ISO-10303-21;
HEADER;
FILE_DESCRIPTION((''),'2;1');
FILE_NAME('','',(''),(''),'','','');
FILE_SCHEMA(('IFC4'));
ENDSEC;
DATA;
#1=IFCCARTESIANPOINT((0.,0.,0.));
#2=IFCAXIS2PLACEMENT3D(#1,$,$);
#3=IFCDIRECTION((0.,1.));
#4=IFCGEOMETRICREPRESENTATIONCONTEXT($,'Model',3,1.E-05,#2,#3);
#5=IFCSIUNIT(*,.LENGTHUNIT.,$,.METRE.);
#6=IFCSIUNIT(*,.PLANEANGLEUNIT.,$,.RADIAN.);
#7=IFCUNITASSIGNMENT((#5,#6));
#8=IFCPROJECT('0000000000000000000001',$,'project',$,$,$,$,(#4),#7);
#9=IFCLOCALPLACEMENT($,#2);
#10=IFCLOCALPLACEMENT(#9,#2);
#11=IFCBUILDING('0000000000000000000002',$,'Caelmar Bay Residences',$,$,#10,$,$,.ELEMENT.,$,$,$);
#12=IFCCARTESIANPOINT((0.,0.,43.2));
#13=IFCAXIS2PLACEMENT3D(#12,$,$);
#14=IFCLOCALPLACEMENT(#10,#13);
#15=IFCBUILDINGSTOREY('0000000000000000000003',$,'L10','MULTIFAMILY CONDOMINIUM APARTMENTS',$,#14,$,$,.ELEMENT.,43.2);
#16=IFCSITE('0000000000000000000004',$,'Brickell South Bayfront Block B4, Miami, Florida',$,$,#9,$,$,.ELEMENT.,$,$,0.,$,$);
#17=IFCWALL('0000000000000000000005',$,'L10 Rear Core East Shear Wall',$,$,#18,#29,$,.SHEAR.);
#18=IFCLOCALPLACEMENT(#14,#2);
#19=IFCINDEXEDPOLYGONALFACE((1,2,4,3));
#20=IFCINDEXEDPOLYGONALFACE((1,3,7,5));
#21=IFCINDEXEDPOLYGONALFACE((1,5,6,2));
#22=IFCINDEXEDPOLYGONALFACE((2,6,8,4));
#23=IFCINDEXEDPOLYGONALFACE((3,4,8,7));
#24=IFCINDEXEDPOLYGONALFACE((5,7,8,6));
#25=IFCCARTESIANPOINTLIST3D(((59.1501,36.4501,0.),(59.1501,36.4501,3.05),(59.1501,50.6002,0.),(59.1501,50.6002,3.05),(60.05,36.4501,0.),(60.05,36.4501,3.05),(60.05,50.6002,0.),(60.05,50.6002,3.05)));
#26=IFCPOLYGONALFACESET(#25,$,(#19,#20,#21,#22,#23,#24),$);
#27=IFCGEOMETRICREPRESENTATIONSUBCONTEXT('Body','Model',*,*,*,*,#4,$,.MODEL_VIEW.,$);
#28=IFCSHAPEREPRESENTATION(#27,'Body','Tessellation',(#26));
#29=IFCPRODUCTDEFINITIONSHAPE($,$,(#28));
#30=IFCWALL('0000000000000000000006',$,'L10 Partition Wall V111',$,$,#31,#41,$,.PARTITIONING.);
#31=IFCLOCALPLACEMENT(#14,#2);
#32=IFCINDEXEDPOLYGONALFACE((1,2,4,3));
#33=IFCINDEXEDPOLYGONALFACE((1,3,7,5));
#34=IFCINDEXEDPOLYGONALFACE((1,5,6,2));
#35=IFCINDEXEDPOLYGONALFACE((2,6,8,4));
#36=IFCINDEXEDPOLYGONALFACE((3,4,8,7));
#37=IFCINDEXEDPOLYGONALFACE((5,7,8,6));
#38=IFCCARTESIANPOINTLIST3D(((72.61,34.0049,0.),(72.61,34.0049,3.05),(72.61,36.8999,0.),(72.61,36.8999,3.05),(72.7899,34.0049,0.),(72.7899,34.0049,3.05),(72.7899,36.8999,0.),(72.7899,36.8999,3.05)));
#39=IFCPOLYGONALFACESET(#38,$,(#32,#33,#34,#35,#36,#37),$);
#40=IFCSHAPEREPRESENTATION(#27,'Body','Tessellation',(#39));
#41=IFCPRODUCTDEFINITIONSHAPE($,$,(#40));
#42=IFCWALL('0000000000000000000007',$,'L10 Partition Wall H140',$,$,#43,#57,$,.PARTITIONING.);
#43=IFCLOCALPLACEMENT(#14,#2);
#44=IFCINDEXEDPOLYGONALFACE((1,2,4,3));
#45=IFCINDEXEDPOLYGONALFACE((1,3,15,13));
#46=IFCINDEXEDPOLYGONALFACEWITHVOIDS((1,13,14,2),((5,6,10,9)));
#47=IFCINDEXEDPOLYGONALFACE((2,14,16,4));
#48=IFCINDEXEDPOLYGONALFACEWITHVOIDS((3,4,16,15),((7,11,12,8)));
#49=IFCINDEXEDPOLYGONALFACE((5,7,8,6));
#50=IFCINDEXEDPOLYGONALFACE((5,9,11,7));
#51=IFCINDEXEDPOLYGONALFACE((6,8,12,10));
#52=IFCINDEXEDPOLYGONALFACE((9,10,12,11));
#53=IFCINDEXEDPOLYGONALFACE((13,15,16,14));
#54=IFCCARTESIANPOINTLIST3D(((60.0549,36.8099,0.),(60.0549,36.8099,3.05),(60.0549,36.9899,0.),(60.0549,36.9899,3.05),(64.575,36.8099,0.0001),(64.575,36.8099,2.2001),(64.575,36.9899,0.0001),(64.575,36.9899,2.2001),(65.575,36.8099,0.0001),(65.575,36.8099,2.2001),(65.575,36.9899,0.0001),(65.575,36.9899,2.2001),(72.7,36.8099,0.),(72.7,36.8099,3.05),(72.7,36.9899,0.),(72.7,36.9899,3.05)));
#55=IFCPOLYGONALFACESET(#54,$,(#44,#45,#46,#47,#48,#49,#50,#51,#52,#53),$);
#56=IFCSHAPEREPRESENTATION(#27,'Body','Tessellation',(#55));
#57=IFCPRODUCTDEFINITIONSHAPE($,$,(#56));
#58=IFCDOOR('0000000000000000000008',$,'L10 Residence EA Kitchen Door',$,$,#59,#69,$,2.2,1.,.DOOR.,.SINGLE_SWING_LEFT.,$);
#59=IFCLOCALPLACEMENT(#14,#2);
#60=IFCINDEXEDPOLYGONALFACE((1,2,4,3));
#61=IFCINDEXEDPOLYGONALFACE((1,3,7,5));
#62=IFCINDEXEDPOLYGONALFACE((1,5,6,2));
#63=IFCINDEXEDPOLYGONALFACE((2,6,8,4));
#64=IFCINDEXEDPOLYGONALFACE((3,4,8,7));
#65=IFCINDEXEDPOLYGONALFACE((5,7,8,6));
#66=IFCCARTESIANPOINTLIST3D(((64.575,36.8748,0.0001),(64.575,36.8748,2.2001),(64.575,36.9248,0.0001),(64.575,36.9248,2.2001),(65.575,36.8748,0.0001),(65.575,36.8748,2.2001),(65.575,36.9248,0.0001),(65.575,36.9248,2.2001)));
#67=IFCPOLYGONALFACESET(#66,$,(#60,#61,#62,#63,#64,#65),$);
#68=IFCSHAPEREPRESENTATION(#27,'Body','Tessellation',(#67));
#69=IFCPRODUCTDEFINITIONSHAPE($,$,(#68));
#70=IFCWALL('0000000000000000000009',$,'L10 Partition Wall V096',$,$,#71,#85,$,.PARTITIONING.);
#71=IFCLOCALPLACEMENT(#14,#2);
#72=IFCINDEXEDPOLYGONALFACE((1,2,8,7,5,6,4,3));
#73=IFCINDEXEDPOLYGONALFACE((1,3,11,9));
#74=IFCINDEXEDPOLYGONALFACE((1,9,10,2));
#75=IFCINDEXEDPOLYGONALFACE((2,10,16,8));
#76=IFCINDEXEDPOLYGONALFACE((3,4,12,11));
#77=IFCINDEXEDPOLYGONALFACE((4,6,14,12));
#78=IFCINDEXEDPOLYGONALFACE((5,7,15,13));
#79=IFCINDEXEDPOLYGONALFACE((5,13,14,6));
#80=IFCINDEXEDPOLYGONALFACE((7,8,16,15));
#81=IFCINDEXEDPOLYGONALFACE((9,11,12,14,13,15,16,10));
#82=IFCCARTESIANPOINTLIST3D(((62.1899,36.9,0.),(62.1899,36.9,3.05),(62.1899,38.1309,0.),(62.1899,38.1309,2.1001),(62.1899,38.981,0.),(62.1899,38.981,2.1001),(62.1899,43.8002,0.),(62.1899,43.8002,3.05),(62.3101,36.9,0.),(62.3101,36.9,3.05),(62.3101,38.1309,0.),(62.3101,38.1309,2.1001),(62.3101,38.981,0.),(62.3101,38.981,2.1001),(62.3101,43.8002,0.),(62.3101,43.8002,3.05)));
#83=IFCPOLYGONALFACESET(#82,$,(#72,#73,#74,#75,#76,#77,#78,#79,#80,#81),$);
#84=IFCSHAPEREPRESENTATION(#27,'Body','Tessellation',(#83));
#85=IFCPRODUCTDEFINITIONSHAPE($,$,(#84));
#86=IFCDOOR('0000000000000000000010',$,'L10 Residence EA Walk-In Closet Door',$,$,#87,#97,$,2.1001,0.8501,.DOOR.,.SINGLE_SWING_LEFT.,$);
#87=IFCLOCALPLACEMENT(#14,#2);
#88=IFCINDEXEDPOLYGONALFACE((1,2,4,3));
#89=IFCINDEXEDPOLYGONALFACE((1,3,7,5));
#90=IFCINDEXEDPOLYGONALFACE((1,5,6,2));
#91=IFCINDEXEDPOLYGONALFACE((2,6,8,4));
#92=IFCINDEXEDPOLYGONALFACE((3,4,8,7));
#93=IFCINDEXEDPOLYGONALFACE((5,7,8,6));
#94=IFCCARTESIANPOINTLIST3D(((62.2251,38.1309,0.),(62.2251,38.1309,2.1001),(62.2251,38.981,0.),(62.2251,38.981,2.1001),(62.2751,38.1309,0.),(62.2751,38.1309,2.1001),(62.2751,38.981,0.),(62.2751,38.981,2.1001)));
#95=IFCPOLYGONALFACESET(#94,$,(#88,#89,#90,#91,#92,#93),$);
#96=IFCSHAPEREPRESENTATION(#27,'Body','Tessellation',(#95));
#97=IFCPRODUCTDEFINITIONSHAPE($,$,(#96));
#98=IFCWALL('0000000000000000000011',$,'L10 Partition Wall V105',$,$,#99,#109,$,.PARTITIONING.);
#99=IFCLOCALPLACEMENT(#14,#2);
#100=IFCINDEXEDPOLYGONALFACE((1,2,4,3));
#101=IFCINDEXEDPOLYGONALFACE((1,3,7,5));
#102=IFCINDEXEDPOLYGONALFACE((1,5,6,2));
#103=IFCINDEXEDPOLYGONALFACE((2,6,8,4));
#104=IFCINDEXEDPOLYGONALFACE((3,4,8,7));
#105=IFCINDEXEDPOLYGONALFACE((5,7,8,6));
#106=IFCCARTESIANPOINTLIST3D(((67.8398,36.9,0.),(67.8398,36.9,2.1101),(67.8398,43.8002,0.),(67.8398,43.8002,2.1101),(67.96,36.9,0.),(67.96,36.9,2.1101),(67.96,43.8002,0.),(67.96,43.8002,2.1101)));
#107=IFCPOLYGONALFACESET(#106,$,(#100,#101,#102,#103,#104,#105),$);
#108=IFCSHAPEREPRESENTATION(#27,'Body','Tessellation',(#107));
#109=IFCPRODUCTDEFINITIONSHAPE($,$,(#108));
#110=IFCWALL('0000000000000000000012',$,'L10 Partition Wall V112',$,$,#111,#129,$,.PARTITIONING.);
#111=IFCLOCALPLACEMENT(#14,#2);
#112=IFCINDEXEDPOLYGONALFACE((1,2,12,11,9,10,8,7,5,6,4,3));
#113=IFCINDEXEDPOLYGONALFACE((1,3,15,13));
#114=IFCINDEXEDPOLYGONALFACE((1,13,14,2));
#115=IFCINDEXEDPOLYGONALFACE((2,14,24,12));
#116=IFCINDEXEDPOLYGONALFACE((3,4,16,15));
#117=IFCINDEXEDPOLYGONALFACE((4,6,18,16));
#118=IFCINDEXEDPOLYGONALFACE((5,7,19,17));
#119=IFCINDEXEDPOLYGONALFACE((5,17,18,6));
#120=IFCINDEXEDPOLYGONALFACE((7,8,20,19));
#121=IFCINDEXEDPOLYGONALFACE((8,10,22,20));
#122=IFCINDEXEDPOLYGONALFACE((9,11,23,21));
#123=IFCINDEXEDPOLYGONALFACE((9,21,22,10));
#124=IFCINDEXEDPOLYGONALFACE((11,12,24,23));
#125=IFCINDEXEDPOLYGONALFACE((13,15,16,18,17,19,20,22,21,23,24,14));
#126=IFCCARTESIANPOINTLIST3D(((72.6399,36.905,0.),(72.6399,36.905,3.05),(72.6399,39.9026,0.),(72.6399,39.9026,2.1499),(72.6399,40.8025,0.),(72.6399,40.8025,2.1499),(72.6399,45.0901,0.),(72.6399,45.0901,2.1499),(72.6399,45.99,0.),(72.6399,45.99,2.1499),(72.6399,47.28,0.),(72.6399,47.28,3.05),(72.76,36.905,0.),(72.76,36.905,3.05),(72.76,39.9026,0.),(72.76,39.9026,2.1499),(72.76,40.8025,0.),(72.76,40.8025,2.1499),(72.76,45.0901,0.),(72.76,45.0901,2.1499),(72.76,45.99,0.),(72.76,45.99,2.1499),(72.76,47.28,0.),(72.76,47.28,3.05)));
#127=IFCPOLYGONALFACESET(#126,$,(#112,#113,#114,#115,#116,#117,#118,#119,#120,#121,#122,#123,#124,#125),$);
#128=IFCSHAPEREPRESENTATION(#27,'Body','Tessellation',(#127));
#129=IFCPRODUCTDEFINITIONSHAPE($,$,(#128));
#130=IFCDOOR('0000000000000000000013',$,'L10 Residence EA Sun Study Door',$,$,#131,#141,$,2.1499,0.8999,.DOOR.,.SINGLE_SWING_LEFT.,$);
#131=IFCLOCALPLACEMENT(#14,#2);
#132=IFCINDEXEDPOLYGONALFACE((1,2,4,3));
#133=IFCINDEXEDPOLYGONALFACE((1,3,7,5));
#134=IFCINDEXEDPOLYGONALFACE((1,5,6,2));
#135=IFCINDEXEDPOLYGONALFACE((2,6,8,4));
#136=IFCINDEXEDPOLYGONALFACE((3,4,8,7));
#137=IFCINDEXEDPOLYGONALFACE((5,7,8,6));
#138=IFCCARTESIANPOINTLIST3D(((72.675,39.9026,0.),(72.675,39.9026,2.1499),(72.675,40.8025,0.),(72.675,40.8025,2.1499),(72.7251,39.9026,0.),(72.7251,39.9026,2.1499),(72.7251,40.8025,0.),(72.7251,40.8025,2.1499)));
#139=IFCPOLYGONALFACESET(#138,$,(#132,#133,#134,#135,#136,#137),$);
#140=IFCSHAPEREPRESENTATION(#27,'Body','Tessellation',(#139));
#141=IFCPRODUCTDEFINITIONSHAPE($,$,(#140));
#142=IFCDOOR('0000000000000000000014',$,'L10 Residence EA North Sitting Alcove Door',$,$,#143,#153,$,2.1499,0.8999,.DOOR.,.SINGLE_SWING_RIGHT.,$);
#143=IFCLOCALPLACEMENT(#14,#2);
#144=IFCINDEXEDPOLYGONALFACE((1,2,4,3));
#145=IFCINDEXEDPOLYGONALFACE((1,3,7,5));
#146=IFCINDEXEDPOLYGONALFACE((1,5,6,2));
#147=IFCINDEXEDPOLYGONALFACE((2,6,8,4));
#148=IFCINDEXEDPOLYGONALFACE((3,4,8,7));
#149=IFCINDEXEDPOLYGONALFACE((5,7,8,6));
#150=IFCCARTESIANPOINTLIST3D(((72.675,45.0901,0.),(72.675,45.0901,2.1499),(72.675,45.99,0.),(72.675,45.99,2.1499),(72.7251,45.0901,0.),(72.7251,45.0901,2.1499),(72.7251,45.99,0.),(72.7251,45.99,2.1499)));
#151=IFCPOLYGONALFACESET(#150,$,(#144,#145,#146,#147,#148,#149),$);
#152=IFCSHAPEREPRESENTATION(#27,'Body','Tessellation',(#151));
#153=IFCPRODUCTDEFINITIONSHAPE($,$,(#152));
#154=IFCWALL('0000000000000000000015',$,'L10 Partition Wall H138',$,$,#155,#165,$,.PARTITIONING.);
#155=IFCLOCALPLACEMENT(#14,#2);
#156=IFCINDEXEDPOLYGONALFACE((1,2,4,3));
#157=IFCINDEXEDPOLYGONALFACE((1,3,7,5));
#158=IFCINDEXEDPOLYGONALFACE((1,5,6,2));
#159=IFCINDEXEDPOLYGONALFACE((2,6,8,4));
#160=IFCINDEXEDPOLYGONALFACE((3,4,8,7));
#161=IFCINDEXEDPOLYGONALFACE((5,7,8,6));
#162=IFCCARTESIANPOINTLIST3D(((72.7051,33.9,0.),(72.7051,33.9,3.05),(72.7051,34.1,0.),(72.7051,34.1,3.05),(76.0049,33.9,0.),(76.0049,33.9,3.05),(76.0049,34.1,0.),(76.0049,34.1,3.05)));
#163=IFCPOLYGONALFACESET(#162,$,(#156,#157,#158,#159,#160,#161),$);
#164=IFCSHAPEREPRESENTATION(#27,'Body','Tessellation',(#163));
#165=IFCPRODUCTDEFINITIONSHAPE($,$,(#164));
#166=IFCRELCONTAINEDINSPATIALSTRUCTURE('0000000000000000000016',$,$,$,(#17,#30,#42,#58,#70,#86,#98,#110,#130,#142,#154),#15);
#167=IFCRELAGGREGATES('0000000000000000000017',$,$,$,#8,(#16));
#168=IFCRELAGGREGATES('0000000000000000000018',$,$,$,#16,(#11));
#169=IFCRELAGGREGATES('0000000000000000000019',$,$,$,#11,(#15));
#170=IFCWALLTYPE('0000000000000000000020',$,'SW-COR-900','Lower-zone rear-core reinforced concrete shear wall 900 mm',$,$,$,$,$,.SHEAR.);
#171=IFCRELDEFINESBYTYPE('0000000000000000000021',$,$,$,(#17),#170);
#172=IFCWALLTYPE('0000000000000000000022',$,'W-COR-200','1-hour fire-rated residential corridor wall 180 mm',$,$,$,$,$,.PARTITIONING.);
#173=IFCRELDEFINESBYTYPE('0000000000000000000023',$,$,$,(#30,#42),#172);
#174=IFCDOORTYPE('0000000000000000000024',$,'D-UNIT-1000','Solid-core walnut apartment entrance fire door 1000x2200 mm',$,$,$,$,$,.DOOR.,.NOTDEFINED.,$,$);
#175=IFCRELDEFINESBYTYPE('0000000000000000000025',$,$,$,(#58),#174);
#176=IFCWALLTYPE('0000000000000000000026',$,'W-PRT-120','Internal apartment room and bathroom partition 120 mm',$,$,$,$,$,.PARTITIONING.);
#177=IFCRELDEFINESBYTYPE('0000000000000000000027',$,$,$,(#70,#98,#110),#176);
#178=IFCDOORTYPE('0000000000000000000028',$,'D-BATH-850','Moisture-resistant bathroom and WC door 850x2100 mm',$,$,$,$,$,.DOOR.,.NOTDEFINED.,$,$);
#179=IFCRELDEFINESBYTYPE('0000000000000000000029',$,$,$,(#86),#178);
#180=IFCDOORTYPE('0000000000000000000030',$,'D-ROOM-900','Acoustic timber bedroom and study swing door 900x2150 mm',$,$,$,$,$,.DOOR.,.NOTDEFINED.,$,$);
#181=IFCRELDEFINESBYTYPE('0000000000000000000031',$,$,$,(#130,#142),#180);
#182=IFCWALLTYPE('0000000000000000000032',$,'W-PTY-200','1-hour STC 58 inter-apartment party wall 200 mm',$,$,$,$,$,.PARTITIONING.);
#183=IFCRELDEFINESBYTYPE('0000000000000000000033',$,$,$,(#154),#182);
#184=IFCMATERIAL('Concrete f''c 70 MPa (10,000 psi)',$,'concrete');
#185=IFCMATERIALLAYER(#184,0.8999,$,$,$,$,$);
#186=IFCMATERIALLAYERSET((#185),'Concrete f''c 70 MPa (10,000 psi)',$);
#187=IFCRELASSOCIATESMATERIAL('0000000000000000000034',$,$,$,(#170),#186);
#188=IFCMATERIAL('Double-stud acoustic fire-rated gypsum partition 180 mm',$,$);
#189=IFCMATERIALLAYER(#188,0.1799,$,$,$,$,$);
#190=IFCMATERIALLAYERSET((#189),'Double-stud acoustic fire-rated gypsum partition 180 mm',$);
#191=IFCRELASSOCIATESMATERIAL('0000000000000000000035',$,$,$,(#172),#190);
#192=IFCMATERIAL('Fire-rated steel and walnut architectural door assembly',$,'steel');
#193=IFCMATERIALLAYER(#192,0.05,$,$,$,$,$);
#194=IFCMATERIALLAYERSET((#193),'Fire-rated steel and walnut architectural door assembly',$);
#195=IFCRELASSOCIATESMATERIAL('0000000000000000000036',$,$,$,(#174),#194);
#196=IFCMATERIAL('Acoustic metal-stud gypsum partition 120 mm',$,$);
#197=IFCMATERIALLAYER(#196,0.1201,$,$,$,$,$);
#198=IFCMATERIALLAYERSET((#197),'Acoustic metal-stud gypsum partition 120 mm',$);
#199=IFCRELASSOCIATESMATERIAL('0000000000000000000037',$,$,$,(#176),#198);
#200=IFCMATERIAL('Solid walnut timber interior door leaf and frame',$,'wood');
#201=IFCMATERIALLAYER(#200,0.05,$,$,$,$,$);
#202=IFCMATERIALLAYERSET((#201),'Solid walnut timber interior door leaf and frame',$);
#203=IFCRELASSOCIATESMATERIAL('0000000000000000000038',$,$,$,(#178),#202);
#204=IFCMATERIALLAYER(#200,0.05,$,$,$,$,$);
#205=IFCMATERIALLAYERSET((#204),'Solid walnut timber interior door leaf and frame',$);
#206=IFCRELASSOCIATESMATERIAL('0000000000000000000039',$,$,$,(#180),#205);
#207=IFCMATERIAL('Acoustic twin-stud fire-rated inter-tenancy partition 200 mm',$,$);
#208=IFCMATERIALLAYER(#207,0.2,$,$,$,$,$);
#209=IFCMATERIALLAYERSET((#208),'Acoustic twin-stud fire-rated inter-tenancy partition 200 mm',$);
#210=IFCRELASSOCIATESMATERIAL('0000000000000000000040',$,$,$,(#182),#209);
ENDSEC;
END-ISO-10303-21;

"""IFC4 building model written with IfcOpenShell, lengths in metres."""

from ifc_helpers import new_model, si_unit, direction, frame, frame_2d, origin, place, context, subcontext, project, spatial, rectangle, extrude, material, layer, layer_set, type_object, element, fill, save


model = new_model("IFC4")

# Units and contexts
model_context = context("Model", 3, precision=1e-05, world=origin(), true_north=direction((0.0, 1.0)))
body_context = subcontext(model_context, "Body", "Model", "MODEL_VIEW")
ifc_project = project(units=[si_unit("LENGTHUNIT", "METRE"), si_unit("PLANEANGLEUNIT", "RADIAN")], contexts=[model_context])

# Site, building, storey
site_placement = place(None, origin())
site = spatial("IfcSite", under=ifc_project, at=site_placement, Name="Brickell South Bayfront Block B4, Miami, Florida", CompositionType="ELEMENT", RefElevation=0.0)
building_placement = place(site_placement, origin())
building = spatial("IfcBuilding", under=site, at=building_placement, Name="Caelmar Bay Residences", CompositionType="ELEMENT")
storey_placement = place(building_placement, frame((0.0, 0.0, 43.2)))
storey = spatial("IfcBuildingStorey", under=building, at=storey_placement, Name="L10", Description="MULTIFAMILY CONDOMINIUM APARTMENTS", CompositionType="ELEMENT", Elevation=43.2)

# Walls
ifc_material_1 = material(Name="Concrete f'c 70 MPa (10,000 psi)", Category="concrete")
ifc_layer_1 = layer(ifc_material_1, 0.8999)
ifc_layer_set_1 = layer_set([ifc_layer_1], Name="Concrete f'c 70 MPa (10,000 psi)")
wall_type_1 = type_object("IfcWallType", Name="SW-COR-900", Description="Lower-zone rear-core reinforced concrete shear wall 900 mm", PredefinedType="SHEAR", material=ifc_layer_set_1)
wall_1_placement = place(storey_placement, frame((59.6001, 36.45, 0.0), z_axis=(0.0, 0.0, 1.0), x_axis=(0.0, 1.0, 0.0)))
element("IfcWall", 1, at=wall_1_placement, inside=storey, type_object=wall_type_1, Name="L10 Rear Core East Shear Wall", PredefinedType="SHEAR", context=body_context, shape_type="SweptSolid", body=[
    extrude(rectangle(XDim=14.1501, YDim=0.8999, at=frame_2d((7.0752, 0.0))), origin(), (0.0, 0.0, 1.0), 3.05),
])
ifc_material_2 = material(Name="Double-stud acoustic fire-rated gypsum partition 180 mm")
ifc_layer_2 = layer(ifc_material_2, 0.1799)
ifc_layer_set_2 = layer_set([ifc_layer_2], Name="Double-stud acoustic fire-rated gypsum partition 180 mm")
wall_type_2 = type_object("IfcWallType", Name="W-COR-200", Description="1-hour fire-rated residential corridor wall 180 mm", PredefinedType="PARTITIONING", material=ifc_layer_set_2)
wall_2_placement = place(storey_placement, frame((72.7, 34.0049, 0.0), z_axis=(0.0, 0.0, 1.0), x_axis=(0.0, 1.0, 0.0)))
element("IfcWall", 2, at=wall_2_placement, inside=storey, type_object=wall_type_2, Name="L10 Partition Wall V111", PredefinedType="PARTITIONING", context=body_context, shape_type="SweptSolid", body=[
    extrude(rectangle(XDim=2.895, YDim=0.1799, at=frame_2d((1.4475, 0.0))), origin(), (0.0, 0.0, 1.0), 3.05),
])

# Walls, openings, doors
wall_3_placement = place(storey_placement, frame((60.0549, 36.8999, 0.0), z_axis=(0.0, 0.0, 1.0), x_axis=(1.0, 0.0, 0.0)))
wall_3 = element("IfcWall", 3, at=wall_3_placement, inside=storey, type_object=wall_type_2, Name="L10 Partition Wall H140", PredefinedType="PARTITIONING", context=body_context, shape_type="SweptSolid", body=[
    extrude(rectangle(XDim=12.645, YDim=0.1799, at=frame_2d((6.3225, 0.0))), origin(), (0.0, 0.0, 1.0), 3.05),
])
opening_1_placement = place(wall_3_placement, frame((4.52, 0.0, 0.0)))
opening_1 = element("IfcOpeningElement", 4, at=opening_1_placement, cuts=wall_3, PredefinedType="OPENING", context=body_context, shape_type="SweptSolid", body=[
    extrude(rectangle(XDim=1.0, YDim=2.2, at=frame_2d((0.5, 1.1001))), frame((0.0, 0.0999, 0.0), z_axis=(0.0, -1.0, 0.0), x_axis=(1.0, 0.0, 0.0)), (0.0, 0.0, 1.0), 0.2),
])
ifc_material_3 = material(Name="Fire-rated steel and walnut architectural door assembly", Category="steel")
ifc_layer_3 = layer(ifc_material_3, 0.05)
ifc_layer_set_3 = layer_set([ifc_layer_3], Name="Fire-rated steel and walnut architectural door assembly")
door_type_1 = type_object("IfcDoorType", Name="D-UNIT-1000", Description="Solid-core walnut apartment entrance fire door 1000x2200 mm", OperationType="NOTDEFINED", PredefinedType="DOOR", material=ifc_layer_set_3)
door_1_placement = place(opening_1_placement, origin())
door_1 = element("IfcDoor", 5, at=door_1_placement, inside=storey, type_object=door_type_1, Name="L10 Residence EA Kitchen Door", OperationType="SINGLE_SWING_LEFT", OverallHeight=2.2, OverallWidth=1.0, PredefinedType="DOOR", context=body_context, shape_type="SweptSolid", body=[
    extrude(rectangle(XDim=1.0, YDim=2.2, at=frame_2d((0.5, 1.1001))), frame((0.0, 0.0249, 0.0), z_axis=(0.0, -1.0, 0.0), x_axis=(1.0, 0.0, 0.0)), (0.0, 0.0, 1.0), 0.05),
])
fill(opening_1, door_1)
ifc_material_4 = material(Name="Acoustic metal-stud gypsum partition 120 mm")
ifc_layer_4 = layer(ifc_material_4, 0.1201)
ifc_layer_set_4 = layer_set([ifc_layer_4], Name="Acoustic metal-stud gypsum partition 120 mm")
wall_type_3 = type_object("IfcWallType", Name="W-PRT-120", Description="Internal apartment room and bathroom partition 120 mm", PredefinedType="PARTITIONING", material=ifc_layer_set_4)
wall_4_placement = place(storey_placement, frame((62.25, 36.8999, 0.0), z_axis=(0.0, 0.0, 1.0), x_axis=(0.0, 1.0, 0.0)))
wall_4 = element("IfcWall", 6, at=wall_4_placement, inside=storey, type_object=wall_type_3, Name="L10 Partition Wall V096", PredefinedType="PARTITIONING", context=body_context, shape_type="SweptSolid", body=[
    extrude(rectangle(XDim=6.9001, YDim=0.1201, at=frame_2d((3.4502, 0.0))), origin(), (0.0, 0.0, 1.0), 3.05),
])
opening_2_placement = place(wall_4_placement, frame((1.231, 0.0, 0.0)))
opening_2 = element("IfcOpeningElement", 7, at=opening_2_placement, cuts=wall_4, PredefinedType="OPENING", context=body_context, shape_type="SweptSolid", body=[
    extrude(rectangle(XDim=0.8501, YDim=2.1001, at=frame_2d((0.425, 1.05))), frame((0.0, 0.0701, 0.0), z_axis=(0.0, -1.0, 0.0), x_axis=(1.0, 0.0, 0.0)), (0.0, 0.0, 1.0), 0.1401),
])
ifc_material_5 = material(Name="Solid walnut timber interior door leaf and frame", Category="wood")
ifc_layer_5 = layer(ifc_material_5, 0.05)
ifc_layer_set_5 = layer_set([ifc_layer_5], Name="Solid walnut timber interior door leaf and frame")
door_type_2 = type_object("IfcDoorType", Name="D-BATH-850", Description="Moisture-resistant bathroom and WC door 850x2100 mm", OperationType="NOTDEFINED", PredefinedType="DOOR", material=ifc_layer_set_5)
door_2_placement = place(opening_2_placement, origin())
door_2 = element("IfcDoor", 8, at=door_2_placement, inside=storey, type_object=door_type_2, Name="L10 Residence EA Walk-In Closet Door", OperationType="SINGLE_SWING_LEFT", OverallHeight=2.1001, OverallWidth=0.8501, PredefinedType="DOOR", context=body_context, shape_type="SweptSolid", body=[
    extrude(rectangle(XDim=0.8501, YDim=2.1001, at=frame_2d((0.425, 1.05))), frame((0.0, 0.0249, 0.0), z_axis=(0.0, -1.0, 0.0), x_axis=(1.0, 0.0, 0.0)), (0.0, 0.0, 1.0), 0.05),
])
fill(opening_2, door_2)

# Wall
wall_5_placement = place(storey_placement, frame((67.8999, 36.8999, 0.0), z_axis=(0.0, 0.0, 1.0), x_axis=(0.0, 1.0, 0.0)))
element("IfcWall", 9, at=wall_5_placement, inside=storey, type_object=wall_type_3, Name="L10 Partition Wall V105", PredefinedType="PARTITIONING", context=body_context, shape_type="SweptSolid", body=[
    extrude(rectangle(XDim=6.9001, YDim=0.1201, at=frame_2d((3.4502, 0.0))), origin(), (0.0, 0.0, 1.0), 2.1101),
])

# Wall, openings, doors
wall_6_placement = place(storey_placement, frame((72.7, 36.905, 0.0), z_axis=(0.0, 0.0, 1.0), x_axis=(0.0, 1.0, 0.0)))
wall_6 = element("IfcWall", 10, at=wall_6_placement, inside=storey, type_object=wall_type_3, Name="L10 Partition Wall V112", PredefinedType="PARTITIONING", context=body_context, shape_type="SweptSolid", body=[
    extrude(rectangle(XDim=10.375, YDim=0.1201, at=frame_2d((5.1875, 0.0))), origin(), (0.0, 0.0, 1.0), 3.05),
])
opening_3_placement = place(wall_6_placement, frame((2.9976, 0.0, 0.0)))
opening_3 = element("IfcOpeningElement", 11, at=opening_3_placement, cuts=wall_6, PredefinedType="OPENING", context=body_context, shape_type="SweptSolid", body=[
    extrude(rectangle(XDim=0.8999, YDim=2.1499, at=frame_2d((0.45, 1.075))), frame((0.0, 0.0701, 0.0), z_axis=(0.0, -1.0, 0.0), x_axis=(1.0, 0.0, 0.0)), (0.0, 0.0, 1.0), 0.1401),
])
opening_4_placement = place(wall_6_placement, frame((8.1851, 0.0, 0.0)))
opening_4 = element("IfcOpeningElement", 12, at=opening_4_placement, cuts=wall_6, PredefinedType="OPENING", context=body_context, shape_type="SweptSolid", body=[
    extrude(rectangle(XDim=0.8999, YDim=2.1499, at=frame_2d((0.45, 1.075))), frame((0.0, 0.0701, 0.0), z_axis=(0.0, -1.0, 0.0), x_axis=(1.0, 0.0, 0.0)), (0.0, 0.0, 1.0), 0.1401),
])
ifc_layer_6 = layer(ifc_material_5, 0.05)
ifc_layer_set_6 = layer_set([ifc_layer_6], Name="Solid walnut timber interior door leaf and frame")
door_type_3 = type_object("IfcDoorType", Name="D-ROOM-900", Description="Acoustic timber bedroom and study swing door 900x2150 mm", OperationType="NOTDEFINED", PredefinedType="DOOR", material=ifc_layer_set_6)
door_3_placement = place(opening_3_placement, origin())
door_3 = element("IfcDoor", 13, at=door_3_placement, inside=storey, type_object=door_type_3, Name="L10 Residence EA Sun Study Door", OperationType="SINGLE_SWING_LEFT", OverallHeight=2.1499, OverallWidth=0.8999, PredefinedType="DOOR", context=body_context, shape_type="SweptSolid", body=[
    extrude(rectangle(XDim=0.8999, YDim=2.1499, at=frame_2d((0.45, 1.075))), frame((0.0, 0.0249, 0.0), z_axis=(0.0, -1.0, 0.0), x_axis=(1.0, 0.0, 0.0)), (0.0, 0.0, 1.0), 0.05),
])
fill(opening_3, door_3)
door_4_placement = place(opening_4_placement, origin())
door_4 = element("IfcDoor", 14, at=door_4_placement, inside=storey, type_object=door_type_3, Name="L10 Residence EA North Sitting Alcove Door", OperationType="SINGLE_SWING_RIGHT", OverallHeight=2.1499, OverallWidth=0.8999, PredefinedType="DOOR", context=body_context, shape_type="SweptSolid", body=[
    extrude(rectangle(XDim=0.8999, YDim=2.1499, at=frame_2d((0.45, 1.075))), frame((0.0, 0.0249, 0.0), z_axis=(0.0, -1.0, 0.0), x_axis=(1.0, 0.0, 0.0)), (0.0, 0.0, 1.0), 0.05),
])
fill(opening_4, door_4)

# Wall
ifc_material_6 = material(Name="Acoustic twin-stud fire-rated inter-tenancy partition 200 mm")
ifc_layer_7 = layer(ifc_material_6, 0.2)
ifc_layer_set_7 = layer_set([ifc_layer_7], Name="Acoustic twin-stud fire-rated inter-tenancy partition 200 mm")
wall_type_4 = type_object("IfcWallType", Name="W-PTY-200", Description="1-hour STC 58 inter-apartment party wall 200 mm", PredefinedType="PARTITIONING", material=ifc_layer_set_7)
wall_7_placement = place(storey_placement, frame((72.7051, 34.0, 0.0), z_axis=(0.0, 0.0, 1.0), x_axis=(1.0, 0.0, 0.0)))
element("IfcWall", 15, at=wall_7_placement, inside=storey, type_object=wall_type_4, Name="L10 Partition Wall H138", PredefinedType="PARTITIONING", context=body_context, shape_type="SweptSolid", body=[
    extrude(rectangle(XDim=3.2998, YDim=0.2, at=frame_2d((1.6499, 0.0))), origin(), (0.0, 0.0, 1.0), 3.05),
])

save(model, "model.ifc")
